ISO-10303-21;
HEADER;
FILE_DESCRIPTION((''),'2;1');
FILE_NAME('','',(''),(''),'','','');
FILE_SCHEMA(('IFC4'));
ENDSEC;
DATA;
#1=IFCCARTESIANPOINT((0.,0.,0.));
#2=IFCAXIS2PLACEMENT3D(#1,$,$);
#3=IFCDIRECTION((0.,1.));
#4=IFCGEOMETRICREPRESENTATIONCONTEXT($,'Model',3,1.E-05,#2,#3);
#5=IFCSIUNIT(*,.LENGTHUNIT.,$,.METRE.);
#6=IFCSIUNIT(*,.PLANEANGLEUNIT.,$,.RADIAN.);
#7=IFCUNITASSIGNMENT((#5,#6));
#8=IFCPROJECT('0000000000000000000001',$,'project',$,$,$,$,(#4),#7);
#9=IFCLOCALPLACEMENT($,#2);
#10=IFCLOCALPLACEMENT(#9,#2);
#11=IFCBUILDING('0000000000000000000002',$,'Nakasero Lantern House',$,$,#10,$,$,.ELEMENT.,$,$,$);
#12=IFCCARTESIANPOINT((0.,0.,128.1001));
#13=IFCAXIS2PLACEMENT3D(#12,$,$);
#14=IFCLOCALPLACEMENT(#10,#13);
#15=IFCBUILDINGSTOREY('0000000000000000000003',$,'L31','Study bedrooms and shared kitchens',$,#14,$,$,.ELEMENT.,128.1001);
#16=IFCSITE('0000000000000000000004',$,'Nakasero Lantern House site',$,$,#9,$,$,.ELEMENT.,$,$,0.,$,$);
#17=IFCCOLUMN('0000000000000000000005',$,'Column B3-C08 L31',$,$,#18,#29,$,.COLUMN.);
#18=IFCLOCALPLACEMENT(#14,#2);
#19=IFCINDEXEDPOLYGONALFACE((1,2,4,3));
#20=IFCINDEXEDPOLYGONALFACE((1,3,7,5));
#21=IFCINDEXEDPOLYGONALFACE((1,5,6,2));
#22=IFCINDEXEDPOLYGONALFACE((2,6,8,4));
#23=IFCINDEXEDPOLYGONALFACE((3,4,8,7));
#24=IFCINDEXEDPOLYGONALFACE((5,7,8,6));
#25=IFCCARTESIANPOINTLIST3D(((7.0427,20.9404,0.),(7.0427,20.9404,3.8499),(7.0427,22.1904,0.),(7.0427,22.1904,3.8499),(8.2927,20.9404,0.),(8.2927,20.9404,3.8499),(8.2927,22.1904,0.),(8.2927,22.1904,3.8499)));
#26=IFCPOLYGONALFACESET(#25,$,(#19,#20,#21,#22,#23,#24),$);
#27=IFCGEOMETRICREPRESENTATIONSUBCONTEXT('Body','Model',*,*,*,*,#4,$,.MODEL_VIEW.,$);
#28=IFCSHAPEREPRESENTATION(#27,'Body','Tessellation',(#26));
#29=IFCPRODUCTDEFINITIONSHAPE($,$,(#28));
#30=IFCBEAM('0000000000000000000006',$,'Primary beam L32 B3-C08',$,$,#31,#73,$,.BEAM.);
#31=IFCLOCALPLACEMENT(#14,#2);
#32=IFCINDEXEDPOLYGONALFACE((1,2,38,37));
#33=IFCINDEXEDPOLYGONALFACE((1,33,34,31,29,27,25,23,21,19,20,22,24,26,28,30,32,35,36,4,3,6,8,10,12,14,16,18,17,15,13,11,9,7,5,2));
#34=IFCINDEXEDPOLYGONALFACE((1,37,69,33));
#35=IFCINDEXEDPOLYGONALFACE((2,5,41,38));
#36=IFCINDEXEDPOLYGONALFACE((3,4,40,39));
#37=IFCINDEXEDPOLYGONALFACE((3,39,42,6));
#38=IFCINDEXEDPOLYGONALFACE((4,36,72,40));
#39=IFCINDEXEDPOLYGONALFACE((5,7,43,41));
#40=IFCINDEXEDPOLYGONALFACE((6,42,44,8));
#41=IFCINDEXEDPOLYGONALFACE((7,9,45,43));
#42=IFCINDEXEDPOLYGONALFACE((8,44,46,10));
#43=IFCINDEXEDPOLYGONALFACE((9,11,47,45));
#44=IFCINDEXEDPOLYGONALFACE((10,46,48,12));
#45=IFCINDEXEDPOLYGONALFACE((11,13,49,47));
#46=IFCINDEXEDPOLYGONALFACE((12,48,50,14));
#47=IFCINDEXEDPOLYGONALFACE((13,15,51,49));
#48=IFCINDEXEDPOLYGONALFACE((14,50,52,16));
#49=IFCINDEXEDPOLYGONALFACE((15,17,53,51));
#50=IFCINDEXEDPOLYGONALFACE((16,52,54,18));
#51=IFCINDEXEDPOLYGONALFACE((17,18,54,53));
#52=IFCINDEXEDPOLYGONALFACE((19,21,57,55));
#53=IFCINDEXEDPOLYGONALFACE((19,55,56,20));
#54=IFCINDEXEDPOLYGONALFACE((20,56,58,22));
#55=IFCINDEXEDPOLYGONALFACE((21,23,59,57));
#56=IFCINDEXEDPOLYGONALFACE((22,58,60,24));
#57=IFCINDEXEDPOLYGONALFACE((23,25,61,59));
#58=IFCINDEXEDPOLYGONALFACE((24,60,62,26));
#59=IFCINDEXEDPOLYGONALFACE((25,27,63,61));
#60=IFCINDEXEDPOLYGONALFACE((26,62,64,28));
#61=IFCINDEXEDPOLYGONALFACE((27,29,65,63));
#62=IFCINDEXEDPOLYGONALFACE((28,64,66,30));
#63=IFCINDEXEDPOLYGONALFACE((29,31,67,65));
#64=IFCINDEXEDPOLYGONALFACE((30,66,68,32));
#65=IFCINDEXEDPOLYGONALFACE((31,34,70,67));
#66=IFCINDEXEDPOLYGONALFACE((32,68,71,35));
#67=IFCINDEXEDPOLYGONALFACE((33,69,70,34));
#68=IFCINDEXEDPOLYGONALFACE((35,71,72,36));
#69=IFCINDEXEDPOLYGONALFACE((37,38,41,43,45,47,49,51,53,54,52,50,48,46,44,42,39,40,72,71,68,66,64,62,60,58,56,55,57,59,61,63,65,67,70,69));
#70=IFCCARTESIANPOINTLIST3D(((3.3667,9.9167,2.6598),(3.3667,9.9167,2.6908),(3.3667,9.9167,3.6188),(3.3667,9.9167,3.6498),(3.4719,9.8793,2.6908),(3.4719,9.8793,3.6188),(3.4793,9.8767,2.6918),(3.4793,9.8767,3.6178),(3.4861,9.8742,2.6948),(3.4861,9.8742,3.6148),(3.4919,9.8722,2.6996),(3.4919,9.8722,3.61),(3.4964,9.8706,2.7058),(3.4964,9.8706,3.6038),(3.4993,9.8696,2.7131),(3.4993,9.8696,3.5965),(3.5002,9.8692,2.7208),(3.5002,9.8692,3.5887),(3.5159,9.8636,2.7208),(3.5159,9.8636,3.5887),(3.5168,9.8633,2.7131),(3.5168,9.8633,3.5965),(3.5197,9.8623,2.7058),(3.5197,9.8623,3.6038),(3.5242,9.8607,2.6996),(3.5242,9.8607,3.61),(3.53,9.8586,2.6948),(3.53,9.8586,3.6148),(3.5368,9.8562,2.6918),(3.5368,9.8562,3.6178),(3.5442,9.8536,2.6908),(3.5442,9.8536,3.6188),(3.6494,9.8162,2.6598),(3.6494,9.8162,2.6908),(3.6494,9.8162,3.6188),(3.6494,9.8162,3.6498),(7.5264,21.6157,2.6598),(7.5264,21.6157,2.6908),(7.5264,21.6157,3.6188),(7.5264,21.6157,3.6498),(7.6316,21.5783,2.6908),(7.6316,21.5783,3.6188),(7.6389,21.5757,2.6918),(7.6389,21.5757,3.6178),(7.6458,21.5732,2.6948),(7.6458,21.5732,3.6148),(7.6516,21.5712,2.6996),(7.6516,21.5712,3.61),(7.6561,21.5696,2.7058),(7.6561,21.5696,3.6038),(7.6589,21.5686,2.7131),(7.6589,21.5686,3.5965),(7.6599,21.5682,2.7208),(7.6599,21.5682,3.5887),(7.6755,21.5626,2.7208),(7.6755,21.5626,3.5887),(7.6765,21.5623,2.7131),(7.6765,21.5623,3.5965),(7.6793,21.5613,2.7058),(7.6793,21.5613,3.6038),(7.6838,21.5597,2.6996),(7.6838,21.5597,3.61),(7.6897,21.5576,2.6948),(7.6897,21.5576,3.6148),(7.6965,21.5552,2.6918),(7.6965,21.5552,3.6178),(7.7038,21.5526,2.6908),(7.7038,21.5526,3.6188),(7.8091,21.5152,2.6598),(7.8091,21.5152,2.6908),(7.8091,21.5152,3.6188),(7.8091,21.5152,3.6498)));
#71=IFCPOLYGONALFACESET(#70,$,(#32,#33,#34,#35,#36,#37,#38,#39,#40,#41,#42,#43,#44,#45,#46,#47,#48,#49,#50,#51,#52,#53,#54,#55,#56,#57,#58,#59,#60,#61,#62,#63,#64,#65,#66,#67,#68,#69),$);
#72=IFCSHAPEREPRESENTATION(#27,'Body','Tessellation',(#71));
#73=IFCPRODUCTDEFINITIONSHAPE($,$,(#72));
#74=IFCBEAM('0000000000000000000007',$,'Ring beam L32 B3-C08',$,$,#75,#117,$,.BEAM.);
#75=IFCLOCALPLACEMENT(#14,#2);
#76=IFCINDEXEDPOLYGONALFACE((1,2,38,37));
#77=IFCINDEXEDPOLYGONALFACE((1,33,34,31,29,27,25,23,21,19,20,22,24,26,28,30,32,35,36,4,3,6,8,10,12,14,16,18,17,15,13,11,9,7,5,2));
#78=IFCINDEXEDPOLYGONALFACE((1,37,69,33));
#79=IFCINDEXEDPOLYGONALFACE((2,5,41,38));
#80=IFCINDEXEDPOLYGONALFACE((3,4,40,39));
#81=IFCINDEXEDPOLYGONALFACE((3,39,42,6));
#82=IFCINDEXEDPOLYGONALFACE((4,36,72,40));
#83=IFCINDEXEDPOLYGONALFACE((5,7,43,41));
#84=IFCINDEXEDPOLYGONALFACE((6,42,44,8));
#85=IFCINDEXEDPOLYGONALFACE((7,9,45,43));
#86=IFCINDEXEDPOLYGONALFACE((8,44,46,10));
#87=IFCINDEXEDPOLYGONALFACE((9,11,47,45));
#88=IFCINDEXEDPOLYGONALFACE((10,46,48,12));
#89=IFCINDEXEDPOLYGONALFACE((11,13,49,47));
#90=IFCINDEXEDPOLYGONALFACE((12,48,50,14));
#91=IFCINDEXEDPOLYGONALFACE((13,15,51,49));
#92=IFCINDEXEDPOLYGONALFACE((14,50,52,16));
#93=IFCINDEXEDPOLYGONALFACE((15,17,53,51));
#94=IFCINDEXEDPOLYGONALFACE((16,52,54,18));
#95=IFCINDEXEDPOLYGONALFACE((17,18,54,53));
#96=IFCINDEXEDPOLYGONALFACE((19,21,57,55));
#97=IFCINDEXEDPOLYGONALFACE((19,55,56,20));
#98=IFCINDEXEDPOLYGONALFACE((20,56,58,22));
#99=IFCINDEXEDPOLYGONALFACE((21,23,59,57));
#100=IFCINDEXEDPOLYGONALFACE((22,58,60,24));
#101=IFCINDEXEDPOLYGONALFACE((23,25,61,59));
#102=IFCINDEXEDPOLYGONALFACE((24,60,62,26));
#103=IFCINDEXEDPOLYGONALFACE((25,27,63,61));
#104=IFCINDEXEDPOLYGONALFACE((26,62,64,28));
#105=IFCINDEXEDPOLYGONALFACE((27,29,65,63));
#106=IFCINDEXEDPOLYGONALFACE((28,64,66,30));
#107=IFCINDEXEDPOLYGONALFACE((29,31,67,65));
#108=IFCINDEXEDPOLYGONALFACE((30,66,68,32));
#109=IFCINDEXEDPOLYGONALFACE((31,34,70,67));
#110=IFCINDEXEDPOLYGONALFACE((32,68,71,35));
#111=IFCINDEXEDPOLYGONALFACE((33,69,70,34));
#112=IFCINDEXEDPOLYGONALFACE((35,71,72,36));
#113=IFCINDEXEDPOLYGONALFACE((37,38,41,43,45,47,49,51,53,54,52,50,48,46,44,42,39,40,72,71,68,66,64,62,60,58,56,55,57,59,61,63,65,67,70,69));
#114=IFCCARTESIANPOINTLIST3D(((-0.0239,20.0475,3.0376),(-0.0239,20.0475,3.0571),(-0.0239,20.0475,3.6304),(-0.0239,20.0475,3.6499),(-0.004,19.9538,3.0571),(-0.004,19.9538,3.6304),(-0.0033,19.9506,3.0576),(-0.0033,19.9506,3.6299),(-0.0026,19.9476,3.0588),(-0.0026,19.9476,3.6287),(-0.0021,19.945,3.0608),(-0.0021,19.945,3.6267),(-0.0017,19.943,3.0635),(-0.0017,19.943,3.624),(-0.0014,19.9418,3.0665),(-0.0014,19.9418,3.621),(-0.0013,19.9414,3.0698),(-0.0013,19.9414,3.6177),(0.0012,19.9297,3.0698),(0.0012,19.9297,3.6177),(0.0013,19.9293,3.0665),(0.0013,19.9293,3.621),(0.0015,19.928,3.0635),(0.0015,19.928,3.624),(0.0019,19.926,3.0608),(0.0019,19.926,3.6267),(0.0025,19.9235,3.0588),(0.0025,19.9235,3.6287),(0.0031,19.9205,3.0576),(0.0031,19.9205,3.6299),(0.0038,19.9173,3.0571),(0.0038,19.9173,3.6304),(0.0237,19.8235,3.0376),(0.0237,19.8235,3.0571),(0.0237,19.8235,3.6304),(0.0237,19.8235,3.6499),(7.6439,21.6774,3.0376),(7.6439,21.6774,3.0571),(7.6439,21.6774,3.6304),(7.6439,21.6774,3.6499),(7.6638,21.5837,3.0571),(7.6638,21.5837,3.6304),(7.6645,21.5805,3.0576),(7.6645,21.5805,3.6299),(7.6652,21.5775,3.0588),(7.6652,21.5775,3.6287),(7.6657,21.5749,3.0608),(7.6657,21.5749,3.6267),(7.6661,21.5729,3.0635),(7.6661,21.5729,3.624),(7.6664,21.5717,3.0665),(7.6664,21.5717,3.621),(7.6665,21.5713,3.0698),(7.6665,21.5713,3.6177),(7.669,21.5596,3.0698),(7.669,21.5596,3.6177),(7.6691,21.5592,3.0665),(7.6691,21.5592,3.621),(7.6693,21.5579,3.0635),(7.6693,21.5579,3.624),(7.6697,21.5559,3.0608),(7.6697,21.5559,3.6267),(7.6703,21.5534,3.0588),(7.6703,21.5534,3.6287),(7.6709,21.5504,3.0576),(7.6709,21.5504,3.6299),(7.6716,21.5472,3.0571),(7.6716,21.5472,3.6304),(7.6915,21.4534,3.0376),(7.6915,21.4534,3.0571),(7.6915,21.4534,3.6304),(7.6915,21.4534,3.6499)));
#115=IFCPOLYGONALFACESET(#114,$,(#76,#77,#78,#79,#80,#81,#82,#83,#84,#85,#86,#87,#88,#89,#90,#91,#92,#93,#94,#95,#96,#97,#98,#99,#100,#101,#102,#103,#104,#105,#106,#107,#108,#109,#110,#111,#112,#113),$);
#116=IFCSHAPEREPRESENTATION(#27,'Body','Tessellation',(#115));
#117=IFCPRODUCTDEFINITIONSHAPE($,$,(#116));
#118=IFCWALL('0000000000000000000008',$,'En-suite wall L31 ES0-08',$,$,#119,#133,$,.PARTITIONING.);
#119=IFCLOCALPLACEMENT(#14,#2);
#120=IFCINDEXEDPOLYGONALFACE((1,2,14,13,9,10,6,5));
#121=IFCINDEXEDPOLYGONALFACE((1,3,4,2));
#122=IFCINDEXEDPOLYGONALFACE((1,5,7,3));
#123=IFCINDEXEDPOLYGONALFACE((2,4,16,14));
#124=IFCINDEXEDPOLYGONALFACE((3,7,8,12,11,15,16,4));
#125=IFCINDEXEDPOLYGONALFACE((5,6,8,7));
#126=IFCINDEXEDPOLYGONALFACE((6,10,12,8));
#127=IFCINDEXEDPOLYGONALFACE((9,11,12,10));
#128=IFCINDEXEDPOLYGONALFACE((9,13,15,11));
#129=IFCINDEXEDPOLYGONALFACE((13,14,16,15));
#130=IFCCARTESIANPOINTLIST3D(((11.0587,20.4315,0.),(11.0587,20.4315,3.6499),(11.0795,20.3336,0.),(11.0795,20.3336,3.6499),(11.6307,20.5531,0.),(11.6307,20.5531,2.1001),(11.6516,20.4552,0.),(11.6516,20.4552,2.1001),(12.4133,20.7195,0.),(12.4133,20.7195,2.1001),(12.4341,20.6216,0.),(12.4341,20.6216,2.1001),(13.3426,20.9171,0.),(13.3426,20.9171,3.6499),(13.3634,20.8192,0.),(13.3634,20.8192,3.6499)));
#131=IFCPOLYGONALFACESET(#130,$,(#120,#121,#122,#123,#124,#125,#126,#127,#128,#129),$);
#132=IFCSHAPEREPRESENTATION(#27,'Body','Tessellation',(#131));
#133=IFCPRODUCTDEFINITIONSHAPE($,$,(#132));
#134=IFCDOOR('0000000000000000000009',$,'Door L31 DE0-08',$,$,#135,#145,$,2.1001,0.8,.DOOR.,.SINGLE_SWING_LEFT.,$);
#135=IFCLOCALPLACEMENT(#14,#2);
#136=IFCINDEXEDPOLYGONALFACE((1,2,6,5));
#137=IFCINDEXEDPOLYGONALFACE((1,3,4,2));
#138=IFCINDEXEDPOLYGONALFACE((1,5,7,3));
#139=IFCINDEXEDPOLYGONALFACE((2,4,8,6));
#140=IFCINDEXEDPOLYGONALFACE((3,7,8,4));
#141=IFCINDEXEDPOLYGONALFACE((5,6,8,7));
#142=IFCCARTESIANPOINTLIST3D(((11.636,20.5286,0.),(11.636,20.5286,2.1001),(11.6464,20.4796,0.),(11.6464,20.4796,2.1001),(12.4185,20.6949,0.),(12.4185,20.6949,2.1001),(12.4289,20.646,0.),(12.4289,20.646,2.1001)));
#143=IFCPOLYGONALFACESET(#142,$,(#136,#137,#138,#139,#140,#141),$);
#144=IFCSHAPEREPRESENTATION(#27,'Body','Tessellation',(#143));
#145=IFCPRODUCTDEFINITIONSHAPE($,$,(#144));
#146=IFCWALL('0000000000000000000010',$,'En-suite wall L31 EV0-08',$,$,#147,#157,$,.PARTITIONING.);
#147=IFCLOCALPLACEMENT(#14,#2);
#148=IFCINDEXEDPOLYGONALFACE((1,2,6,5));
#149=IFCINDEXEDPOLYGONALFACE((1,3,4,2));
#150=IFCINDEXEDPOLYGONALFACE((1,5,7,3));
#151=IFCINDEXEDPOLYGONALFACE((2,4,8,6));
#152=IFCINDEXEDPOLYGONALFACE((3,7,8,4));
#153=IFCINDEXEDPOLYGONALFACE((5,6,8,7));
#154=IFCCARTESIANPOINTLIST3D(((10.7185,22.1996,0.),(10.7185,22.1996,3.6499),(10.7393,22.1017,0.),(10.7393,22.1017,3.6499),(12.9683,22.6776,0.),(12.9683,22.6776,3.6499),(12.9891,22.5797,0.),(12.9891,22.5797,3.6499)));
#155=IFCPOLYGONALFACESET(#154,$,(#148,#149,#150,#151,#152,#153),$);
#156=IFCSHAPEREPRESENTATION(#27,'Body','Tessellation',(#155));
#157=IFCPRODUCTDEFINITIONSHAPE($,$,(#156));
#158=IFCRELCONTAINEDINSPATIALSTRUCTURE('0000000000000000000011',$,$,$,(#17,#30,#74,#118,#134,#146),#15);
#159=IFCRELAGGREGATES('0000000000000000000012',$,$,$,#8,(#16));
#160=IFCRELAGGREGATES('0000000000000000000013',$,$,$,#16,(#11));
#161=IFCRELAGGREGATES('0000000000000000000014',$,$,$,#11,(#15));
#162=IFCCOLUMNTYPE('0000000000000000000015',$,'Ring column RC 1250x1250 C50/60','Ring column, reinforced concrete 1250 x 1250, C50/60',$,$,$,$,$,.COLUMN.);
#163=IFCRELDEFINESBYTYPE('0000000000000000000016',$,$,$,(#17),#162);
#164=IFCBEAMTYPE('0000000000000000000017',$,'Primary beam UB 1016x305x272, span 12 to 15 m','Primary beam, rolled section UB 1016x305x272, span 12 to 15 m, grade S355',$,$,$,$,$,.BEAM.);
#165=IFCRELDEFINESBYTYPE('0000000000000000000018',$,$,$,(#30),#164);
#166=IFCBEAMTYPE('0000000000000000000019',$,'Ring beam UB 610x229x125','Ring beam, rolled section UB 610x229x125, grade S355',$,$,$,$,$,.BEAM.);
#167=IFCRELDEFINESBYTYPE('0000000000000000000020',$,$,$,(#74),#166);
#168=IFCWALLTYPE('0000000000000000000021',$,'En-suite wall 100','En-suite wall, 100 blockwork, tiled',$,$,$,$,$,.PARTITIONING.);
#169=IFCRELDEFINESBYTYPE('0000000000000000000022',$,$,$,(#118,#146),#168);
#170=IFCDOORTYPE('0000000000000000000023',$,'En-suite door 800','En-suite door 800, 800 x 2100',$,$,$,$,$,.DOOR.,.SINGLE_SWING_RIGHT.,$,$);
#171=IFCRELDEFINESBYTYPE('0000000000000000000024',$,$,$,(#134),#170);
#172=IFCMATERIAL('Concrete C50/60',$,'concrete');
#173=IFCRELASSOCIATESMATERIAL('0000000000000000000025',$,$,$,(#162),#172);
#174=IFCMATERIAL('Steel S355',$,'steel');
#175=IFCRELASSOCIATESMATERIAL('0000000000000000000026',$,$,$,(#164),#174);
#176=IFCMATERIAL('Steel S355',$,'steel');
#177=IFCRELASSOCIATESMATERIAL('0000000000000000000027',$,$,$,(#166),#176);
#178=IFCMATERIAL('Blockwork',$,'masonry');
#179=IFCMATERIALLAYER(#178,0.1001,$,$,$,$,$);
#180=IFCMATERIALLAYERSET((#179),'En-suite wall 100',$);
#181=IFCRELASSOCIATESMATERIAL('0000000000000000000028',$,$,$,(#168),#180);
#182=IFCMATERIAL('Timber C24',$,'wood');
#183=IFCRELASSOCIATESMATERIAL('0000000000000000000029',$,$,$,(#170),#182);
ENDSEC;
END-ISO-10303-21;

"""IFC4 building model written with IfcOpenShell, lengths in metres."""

from ifc_helpers import new_model, si_unit, direction, frame, frame_2d, origin, origin_2d, place, context, subcontext, project, spatial, rectangle, i_section, extrude, material, layer, layer_set, material_profile, profile_set, type_object, element, fill, save


model = new_model("IFC4")

# Units and contexts
model_context = context("Model", 3, precision=1e-05, world=origin(), true_north=direction((0.0, 1.0)))
body_context = subcontext(model_context, "Body", "Model", "MODEL_VIEW")
ifc_project = project(units=[si_unit("LENGTHUNIT", "METRE"), si_unit("PLANEANGLEUNIT", "RADIAN")], contexts=[model_context])

# Site, building, storey
site_placement = place(None, origin())
site = spatial("IfcSite", under=ifc_project, at=site_placement, Name="Nakasero Lantern House site", CompositionType="ELEMENT", RefElevation=0.0)
building_placement = place(site_placement, origin())
building = spatial("IfcBuilding", under=site, at=building_placement, Name="Nakasero Lantern House", CompositionType="ELEMENT")
storey_placement = place(building_placement, frame((0.0, 0.0, 128.1001)))
storey = spatial("IfcBuildingStorey", under=building, at=storey_placement, Name="L31", Description="Study bedrooms and shared kitchens", CompositionType="ELEMENT", Elevation=128.1001)

# Column
ifc_material_1 = material(Name="Concrete C50/60", Category="concrete")
ifc_material_profile_1 = material_profile(ifc_material_1, rectangle(XDim=1.25, YDim=1.25, at=origin_2d()), Name="RC 1250x1250")
ifc_profile_set_1 = profile_set([ifc_material_profile_1], Name="Concrete C50/60")
column_type = type_object("IfcColumnType", Name="Ring column RC 1250x1250 C50/60", Description="Ring column, reinforced concrete 1250 x 1250, C50/60", PredefinedType="COLUMN", material=ifc_profile_set_1)
column_placement = place(storey_placement, frame((7.6677, 21.5654, 0.0), z_axis=(0.0, 0.0, 1.0), x_axis=(1.0, 0.0, 0.0)))
element("IfcColumn", 1, at=column_placement, inside=storey, type_object=column_type, Name="Column B3-C08 L31", PredefinedType="COLUMN", context=body_context, shape_type="SweptSolid", body=[
    extrude(rectangle(XDim=1.25, YDim=1.25, at=origin_2d()), origin(), (0.0, 0.0, 1.0), 3.8499),
])

# Beams
ifc_material_2 = material(Name="Steel S355", Category="steel")
ifc_material_profile_2 = material_profile(ifc_material_2, i_section(OverallWidth=0.3, OverallDepth=0.99, WebThickness=0.0166, FlangeThickness=0.031, FilletRadius=0.03, at=origin_2d()), Name="UB 1016x305x272")
ifc_profile_set_2 = profile_set([ifc_material_profile_2], Name="Steel S355")
beam_type_1 = type_object("IfcBeamType", Name="Primary beam UB 1016x305x272, span 12 to 15 m", Description="Primary beam, rolled section UB 1016x305x272, span 12 to 15 m, grade S355", PredefinedType="BEAM", material=ifc_profile_set_2)
beam_1_placement = place(storey_placement, frame((7.6677, 21.5654, 3.1548), z_axis=(-0.335012, -0.942214, 0.0), x_axis=(0.942214, -0.335012, 0.0)))
element("IfcBeam", 2, at=beam_1_placement, inside=storey, type_object=beam_type_1, Name="Primary beam L32 B3-C08", PredefinedType="BEAM", context=body_context, shape_type="SweptSolid", body=[
    extrude(i_section(OverallWidth=0.3, OverallDepth=0.99, WebThickness=0.0166, FlangeThickness=0.031, FilletRadius=0.03, at=origin_2d()), origin(), (0.0, 0.0, 1.0), 12.4165),
])
ifc_material_3 = material(Name="Steel S355", Category="steel")
ifc_material_profile_3 = material_profile(ifc_material_3, i_section(OverallWidth=0.229, OverallDepth=0.6123, WebThickness=0.012, FlangeThickness=0.0195, FilletRadius=0.0127, at=origin_2d()), Name="UB 610x229x125")
ifc_profile_set_3 = profile_set([ifc_material_profile_3], Name="Steel S355")
beam_type_2 = type_object("IfcBeamType", Name="Ring beam UB 610x229x125", Description="Ring beam, rolled section UB 610x229x125, grade S355", PredefinedType="BEAM", material=ifc_profile_set_3)
beam_2_placement = place(storey_placement, frame((7.6677, 21.5654, 3.3438), z_axis=(-0.978146, -0.207919, 0.0), x_axis=(0.207919, -0.978146, 0.0)))
element("IfcBeam", 3, at=beam_2_placement, inside=storey, type_object=beam_type_2, Name="Ring beam L32 B3-C08", PredefinedType="BEAM", context=body_context, shape_type="SweptSolid", body=[
    extrude(i_section(OverallWidth=0.229, OverallDepth=0.6123, WebThickness=0.012, FlangeThickness=0.0195, FilletRadius=0.0127, at=origin_2d()), origin(), (0.0, 0.0, 1.0), 7.8391),
])

# Wall, opening, door
ifc_material_4 = material(Name="Blockwork", Category="masonry")
ifc_layer_1 = layer(ifc_material_4, 0.1001)
ifc_layer_set_1 = layer_set([ifc_layer_1], Name="En-suite wall 100")
wall_type_1 = type_object("IfcWallType", Name="En-suite wall 100", Description="En-suite wall, 100 blockwork, tiled", PredefinedType="PARTITIONING", material=ifc_layer_set_1)
wall_1_placement = place(storey_placement, frame((11.0691, 20.3826, 0.0), z_axis=(0.0, 0.0, 1.0), x_axis=(0.978136, 0.207965, 0.0)))
wall_1 = element("IfcWall", 4, at=wall_1_placement, inside=storey, type_object=wall_type_1, Name="En-suite wall L31 ES0-08", PredefinedType="PARTITIONING", context=body_context, shape_type="SweptSolid", body=[
    extrude(rectangle(XDim=2.335, YDim=0.1001, at=frame_2d((1.1675, 0.0))), origin(), (0.0, 0.0, 1.0), 3.6499),
])
opening_1_placement = place(wall_1_placement, frame((0.585, 0.0, 0.0)))
opening_1 = element("IfcOpeningElement", 5, at=opening_1_placement, cuts=wall_1, PredefinedType="OPENING", context=body_context, shape_type="SweptSolid", body=[
    extrude(rectangle(XDim=0.8, YDim=2.1001, at=frame_2d((0.3999, 1.05))), frame((0.0, 0.0701, 0.0), z_axis=(0.0, -1.0, 0.0), x_axis=(1.0, 0.0, 0.0)), (0.0, 0.0, 1.0), 0.1401),
])
ifc_material_5 = material(Name="Timber C24", Category="wood")
door_type_1 = type_object("IfcDoorType", Name="En-suite door 800", Description="En-suite door 800, 800 x 2100", OperationType="SINGLE_SWING_RIGHT", PredefinedType="DOOR", material=ifc_material_5)
door_1_placement = place(opening_1_placement, origin())
door_1 = element("IfcDoor", 6, at=door_1_placement, inside=storey, type_object=door_type_1, Name="Door L31 DE0-08", OperationType="SINGLE_SWING_LEFT", OverallHeight=2.1001, OverallWidth=0.8, PredefinedType="DOOR", context=body_context, shape_type="SweptSolid", body=[
    extrude(rectangle(XDim=0.8, YDim=2.1001, at=frame_2d((0.3999, 1.05))), frame((0.0, 0.0249, 0.0), z_axis=(0.0, -1.0, 0.0), x_axis=(1.0, 0.0, 0.0)), (0.0, 0.0, 1.0), 0.05),
])
fill(opening_1, door_1)

# Wall
wall_2_placement = place(storey_placement, frame((10.729, 22.1506, 0.0), z_axis=(0.0, 0.0, 1.0), x_axis=(0.978163, 0.20784, 0.0)))
element("IfcWall", 7, at=wall_2_placement, inside=storey, type_object=wall_type_1, Name="En-suite wall L31 EV0-08", PredefinedType="PARTITIONING", context=body_context, shape_type="SweptSolid", body=[
    extrude(rectangle(XDim=2.3, YDim=0.1001, at=frame_2d((1.1499, 0.0))), origin(), (0.0, 0.0, 1.0), 3.6499),
])

save(model, "model.ifc")
